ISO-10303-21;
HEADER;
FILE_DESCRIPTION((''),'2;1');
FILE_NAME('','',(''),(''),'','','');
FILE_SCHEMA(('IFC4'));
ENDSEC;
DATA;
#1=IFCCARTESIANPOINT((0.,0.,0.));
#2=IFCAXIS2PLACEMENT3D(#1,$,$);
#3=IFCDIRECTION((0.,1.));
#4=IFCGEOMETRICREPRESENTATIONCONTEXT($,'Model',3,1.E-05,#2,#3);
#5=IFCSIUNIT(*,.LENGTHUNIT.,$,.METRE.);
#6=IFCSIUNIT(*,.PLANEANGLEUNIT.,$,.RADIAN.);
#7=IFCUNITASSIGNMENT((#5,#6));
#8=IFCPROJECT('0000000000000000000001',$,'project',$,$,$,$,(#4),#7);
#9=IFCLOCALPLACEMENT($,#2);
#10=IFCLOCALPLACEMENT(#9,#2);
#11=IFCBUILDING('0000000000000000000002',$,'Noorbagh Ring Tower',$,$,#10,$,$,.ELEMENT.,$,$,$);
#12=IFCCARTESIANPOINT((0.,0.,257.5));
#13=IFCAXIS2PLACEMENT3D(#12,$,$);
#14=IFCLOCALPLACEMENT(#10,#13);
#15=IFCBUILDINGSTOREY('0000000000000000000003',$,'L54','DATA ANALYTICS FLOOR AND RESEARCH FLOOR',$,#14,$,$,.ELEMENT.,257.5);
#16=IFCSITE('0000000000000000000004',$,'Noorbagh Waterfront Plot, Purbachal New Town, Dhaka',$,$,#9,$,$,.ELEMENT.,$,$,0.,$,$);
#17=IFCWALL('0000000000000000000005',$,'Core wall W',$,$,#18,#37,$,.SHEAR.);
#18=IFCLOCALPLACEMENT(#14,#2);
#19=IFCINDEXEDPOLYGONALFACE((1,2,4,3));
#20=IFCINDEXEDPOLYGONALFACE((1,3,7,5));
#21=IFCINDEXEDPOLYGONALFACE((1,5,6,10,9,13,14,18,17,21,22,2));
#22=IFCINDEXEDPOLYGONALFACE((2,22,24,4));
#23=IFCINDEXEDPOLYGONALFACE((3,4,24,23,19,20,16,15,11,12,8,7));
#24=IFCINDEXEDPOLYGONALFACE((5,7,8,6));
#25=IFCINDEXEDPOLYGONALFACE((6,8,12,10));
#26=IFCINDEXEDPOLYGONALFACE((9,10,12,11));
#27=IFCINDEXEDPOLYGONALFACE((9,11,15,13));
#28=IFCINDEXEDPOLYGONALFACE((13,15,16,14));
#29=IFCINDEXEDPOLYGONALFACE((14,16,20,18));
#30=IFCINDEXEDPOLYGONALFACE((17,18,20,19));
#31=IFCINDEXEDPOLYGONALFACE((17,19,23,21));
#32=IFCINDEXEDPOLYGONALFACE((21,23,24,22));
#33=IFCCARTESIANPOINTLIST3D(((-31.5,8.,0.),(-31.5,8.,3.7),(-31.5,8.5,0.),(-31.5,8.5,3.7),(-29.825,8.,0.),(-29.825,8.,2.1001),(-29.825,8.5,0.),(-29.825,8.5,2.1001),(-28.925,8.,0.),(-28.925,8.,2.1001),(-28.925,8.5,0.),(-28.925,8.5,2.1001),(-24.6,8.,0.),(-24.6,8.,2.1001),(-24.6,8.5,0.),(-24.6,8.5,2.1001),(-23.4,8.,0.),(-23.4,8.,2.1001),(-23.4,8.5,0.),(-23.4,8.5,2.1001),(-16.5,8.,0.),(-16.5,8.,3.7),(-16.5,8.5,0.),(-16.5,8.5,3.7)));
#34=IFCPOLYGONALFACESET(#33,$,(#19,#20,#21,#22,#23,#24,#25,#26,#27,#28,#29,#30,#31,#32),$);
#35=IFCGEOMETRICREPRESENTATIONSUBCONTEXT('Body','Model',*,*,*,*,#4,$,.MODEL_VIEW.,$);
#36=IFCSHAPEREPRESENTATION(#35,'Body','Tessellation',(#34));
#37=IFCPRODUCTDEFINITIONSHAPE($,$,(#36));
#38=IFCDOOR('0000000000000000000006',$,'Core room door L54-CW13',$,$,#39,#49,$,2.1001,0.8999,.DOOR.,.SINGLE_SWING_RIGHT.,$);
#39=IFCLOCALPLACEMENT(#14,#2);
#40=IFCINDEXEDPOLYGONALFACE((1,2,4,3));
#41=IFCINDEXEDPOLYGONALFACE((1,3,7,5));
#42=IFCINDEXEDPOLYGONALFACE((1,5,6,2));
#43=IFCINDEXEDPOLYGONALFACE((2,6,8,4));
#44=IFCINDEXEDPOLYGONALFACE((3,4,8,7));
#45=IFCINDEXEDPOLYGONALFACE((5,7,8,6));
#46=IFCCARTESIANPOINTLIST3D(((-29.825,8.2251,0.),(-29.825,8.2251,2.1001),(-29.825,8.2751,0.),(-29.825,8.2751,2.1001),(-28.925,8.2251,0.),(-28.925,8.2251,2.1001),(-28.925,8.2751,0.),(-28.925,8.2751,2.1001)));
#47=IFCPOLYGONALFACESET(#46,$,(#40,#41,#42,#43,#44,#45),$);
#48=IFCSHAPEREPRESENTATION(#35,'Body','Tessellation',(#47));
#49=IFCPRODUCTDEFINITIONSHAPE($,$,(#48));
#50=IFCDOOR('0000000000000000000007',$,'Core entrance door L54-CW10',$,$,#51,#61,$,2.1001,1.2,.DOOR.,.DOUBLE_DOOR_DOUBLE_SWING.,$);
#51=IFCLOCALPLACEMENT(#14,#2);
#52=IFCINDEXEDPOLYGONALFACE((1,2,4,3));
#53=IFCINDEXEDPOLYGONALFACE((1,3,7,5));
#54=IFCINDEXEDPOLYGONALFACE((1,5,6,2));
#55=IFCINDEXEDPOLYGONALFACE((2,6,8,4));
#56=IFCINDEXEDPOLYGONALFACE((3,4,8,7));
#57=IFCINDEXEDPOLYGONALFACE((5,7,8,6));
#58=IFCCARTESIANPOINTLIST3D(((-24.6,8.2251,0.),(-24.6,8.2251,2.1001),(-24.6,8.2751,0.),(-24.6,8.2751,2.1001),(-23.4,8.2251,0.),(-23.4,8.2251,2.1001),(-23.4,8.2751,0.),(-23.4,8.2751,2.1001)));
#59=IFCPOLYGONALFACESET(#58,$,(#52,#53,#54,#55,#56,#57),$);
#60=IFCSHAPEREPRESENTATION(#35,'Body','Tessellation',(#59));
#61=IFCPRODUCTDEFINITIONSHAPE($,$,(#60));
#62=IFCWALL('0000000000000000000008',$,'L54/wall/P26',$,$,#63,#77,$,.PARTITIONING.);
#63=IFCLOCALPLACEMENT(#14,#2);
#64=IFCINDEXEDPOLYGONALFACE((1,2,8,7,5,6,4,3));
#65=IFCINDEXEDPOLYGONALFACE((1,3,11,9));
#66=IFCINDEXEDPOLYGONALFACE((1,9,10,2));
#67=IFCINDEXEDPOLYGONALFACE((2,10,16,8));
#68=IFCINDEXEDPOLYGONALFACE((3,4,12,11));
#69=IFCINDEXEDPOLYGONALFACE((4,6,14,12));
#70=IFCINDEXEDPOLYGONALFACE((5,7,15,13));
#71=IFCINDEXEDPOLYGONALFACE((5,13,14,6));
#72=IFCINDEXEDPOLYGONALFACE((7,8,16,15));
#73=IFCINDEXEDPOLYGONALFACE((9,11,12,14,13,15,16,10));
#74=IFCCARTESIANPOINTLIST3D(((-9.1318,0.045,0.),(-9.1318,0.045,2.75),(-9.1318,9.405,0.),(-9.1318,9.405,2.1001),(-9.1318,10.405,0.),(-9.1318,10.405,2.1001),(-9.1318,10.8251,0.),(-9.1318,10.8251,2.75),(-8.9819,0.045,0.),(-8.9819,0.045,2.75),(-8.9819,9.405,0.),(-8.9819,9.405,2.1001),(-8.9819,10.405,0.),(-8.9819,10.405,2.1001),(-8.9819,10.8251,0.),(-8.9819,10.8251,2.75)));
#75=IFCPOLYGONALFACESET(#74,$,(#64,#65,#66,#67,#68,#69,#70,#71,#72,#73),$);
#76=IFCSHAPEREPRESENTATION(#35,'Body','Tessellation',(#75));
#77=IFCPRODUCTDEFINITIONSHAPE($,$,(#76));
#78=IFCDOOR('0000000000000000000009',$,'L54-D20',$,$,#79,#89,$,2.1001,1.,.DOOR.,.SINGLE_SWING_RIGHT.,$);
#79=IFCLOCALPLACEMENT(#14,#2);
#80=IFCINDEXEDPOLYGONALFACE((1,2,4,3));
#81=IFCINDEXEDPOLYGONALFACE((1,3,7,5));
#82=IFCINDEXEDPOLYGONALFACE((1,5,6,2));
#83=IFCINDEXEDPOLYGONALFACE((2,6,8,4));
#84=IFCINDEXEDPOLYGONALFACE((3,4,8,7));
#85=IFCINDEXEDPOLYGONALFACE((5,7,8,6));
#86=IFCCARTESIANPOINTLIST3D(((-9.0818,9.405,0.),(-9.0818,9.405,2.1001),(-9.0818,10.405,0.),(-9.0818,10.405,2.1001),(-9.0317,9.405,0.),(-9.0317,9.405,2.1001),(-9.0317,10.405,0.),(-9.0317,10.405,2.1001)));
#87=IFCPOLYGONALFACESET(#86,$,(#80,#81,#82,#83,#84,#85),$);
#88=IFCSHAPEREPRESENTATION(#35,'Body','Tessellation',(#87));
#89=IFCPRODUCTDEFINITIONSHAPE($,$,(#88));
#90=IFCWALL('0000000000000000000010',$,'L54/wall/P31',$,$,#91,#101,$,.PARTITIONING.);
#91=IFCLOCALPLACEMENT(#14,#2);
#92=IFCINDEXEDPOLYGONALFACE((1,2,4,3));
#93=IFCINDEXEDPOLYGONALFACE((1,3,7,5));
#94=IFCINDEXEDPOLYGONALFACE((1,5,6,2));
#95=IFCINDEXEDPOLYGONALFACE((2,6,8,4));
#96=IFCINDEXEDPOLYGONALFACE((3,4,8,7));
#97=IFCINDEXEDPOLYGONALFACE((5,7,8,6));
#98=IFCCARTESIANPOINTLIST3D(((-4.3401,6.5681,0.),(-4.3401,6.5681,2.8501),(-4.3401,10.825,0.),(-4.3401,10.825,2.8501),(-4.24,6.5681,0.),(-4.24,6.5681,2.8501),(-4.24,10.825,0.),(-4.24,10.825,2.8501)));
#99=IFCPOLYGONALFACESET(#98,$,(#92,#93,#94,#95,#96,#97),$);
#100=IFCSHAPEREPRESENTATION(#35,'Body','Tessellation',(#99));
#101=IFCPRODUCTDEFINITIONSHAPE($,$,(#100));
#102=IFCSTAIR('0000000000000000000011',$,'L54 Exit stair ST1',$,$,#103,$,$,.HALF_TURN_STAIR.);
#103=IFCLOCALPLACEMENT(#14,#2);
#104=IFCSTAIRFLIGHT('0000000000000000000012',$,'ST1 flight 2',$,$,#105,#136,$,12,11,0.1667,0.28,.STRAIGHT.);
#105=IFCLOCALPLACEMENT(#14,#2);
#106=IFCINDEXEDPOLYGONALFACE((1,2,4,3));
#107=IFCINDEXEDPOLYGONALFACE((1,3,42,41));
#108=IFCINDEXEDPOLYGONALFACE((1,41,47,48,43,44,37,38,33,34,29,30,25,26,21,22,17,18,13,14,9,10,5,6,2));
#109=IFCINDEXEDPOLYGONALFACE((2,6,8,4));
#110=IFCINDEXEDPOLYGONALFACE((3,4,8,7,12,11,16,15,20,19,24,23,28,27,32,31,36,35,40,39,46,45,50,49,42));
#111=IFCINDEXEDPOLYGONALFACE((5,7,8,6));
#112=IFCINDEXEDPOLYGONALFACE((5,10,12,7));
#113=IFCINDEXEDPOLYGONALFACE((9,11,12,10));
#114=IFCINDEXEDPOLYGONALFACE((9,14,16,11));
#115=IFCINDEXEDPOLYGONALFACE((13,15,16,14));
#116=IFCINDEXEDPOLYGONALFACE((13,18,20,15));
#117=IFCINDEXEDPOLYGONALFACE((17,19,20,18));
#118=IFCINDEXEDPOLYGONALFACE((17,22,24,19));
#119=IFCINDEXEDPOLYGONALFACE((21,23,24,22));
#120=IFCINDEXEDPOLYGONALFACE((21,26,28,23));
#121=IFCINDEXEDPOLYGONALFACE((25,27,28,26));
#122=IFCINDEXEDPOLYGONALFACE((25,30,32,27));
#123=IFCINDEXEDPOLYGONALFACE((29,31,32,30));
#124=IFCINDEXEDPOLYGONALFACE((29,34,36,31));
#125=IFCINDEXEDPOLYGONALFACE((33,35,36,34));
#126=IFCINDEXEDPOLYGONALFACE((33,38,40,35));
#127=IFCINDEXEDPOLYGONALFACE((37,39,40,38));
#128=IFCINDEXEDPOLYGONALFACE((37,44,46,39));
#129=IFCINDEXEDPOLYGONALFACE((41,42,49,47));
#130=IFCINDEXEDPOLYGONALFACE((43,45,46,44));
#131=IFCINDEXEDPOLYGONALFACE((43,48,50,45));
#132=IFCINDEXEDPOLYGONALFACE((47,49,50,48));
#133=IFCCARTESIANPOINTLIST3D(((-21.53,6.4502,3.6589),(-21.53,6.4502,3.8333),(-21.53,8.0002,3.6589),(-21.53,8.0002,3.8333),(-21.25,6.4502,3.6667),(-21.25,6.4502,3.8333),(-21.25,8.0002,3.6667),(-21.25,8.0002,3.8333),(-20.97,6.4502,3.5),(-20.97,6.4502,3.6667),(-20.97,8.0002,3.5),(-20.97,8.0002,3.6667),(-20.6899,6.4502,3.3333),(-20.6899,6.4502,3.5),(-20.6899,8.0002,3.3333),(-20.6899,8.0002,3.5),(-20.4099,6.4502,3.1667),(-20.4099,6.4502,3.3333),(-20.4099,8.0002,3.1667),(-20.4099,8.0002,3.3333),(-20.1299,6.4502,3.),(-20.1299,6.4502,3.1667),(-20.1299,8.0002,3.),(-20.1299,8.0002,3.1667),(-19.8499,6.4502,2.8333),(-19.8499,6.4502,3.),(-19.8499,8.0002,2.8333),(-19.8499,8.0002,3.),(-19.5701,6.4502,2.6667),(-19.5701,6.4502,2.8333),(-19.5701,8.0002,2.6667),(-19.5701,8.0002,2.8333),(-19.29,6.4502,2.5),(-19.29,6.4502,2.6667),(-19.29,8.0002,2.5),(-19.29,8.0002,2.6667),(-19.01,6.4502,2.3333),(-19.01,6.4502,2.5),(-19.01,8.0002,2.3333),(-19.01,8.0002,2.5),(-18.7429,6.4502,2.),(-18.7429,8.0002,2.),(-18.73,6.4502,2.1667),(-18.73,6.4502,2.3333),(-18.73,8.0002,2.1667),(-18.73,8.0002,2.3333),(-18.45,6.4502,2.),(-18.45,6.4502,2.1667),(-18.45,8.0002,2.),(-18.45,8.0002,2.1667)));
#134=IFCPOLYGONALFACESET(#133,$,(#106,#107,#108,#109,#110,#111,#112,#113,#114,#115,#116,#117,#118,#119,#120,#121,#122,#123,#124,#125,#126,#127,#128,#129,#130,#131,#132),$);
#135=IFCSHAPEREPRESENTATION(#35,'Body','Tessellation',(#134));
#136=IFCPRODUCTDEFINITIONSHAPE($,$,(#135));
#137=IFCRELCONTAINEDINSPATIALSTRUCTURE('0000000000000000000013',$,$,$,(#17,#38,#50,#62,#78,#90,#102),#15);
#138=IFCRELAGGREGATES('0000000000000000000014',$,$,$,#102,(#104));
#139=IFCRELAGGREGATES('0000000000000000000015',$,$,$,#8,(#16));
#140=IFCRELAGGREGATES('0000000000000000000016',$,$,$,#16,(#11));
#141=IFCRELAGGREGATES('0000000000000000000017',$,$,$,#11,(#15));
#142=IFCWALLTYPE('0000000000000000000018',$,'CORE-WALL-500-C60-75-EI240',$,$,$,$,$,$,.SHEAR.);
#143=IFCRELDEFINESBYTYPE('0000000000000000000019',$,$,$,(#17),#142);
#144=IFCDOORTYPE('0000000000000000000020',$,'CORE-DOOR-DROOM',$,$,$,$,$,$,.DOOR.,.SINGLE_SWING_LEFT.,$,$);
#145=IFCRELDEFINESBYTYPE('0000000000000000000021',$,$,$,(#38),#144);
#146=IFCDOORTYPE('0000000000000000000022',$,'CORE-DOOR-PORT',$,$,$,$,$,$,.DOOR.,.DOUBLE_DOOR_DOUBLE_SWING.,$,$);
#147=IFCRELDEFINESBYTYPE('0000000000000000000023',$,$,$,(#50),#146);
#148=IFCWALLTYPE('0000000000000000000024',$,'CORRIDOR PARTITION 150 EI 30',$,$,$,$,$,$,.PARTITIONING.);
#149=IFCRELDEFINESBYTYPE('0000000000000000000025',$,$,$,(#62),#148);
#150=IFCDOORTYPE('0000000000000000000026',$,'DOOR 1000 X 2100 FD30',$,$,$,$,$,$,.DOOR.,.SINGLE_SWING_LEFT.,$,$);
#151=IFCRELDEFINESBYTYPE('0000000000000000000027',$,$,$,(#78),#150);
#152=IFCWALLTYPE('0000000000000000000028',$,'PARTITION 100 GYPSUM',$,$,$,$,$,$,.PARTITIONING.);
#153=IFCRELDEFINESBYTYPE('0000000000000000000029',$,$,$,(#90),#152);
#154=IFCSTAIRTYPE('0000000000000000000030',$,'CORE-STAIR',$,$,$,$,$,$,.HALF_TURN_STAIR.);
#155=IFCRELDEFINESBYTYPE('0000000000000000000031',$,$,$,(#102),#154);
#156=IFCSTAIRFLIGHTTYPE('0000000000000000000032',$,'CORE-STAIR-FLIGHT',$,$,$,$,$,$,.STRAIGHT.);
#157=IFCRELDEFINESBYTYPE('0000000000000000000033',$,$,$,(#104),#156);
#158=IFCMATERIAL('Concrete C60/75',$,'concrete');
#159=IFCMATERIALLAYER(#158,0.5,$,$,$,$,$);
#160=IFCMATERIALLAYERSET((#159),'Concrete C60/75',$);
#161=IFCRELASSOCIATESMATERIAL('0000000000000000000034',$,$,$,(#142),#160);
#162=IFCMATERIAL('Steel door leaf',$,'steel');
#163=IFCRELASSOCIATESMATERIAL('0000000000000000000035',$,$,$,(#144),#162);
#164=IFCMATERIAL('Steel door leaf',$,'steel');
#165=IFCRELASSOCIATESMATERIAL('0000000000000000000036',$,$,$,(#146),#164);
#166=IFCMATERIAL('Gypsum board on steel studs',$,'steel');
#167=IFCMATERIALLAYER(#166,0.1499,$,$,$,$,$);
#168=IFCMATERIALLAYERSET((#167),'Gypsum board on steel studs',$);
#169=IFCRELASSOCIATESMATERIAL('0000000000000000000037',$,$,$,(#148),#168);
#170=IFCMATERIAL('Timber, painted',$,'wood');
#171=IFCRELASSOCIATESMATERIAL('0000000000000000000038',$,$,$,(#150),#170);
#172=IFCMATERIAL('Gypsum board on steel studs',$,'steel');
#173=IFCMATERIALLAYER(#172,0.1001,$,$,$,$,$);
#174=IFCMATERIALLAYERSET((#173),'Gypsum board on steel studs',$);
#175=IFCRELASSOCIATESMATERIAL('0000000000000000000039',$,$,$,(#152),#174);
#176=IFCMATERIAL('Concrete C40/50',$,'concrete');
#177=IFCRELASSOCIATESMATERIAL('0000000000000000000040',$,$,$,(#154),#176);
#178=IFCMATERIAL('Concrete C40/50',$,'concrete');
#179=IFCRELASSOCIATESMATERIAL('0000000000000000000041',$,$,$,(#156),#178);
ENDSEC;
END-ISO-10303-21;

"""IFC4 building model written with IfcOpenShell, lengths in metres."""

from ifc_helpers import new_model, si_unit, direction, frame, frame_2d, origin, place, context, subcontext, project, spatial, polyline, rectangle, outline, extrude, material, layer, layer_set, type_object, element, fill, aggregate, save


model = new_model("IFC4")

# Units and contexts
model_context = context("Model", 3, precision=1e-05, world=origin(), true_north=direction((0.0, 1.0)))
body_context = subcontext(model_context, "Body", "Model", "MODEL_VIEW")
ifc_project = project(units=[si_unit("LENGTHUNIT", "METRE"), si_unit("PLANEANGLEUNIT", "RADIAN")], contexts=[model_context])

# Site, building, storey
site_placement = place(None, origin())
site = spatial("IfcSite", under=ifc_project, at=site_placement, Name="Noorbagh Waterfront Plot, Purbachal New Town, Dhaka", CompositionType="ELEMENT", RefElevation=0.0)
building_placement = place(site_placement, origin())
building = spatial("IfcBuilding", under=site, at=building_placement, Name="Noorbagh Ring Tower", CompositionType="ELEMENT")
storey_placement = place(building_placement, frame((0.0, 0.0, 257.5)))
storey = spatial("IfcBuildingStorey", under=building, at=storey_placement, Name="L54", Description="DATA ANALYTICS FLOOR AND RESEARCH FLOOR", CompositionType="ELEMENT", Elevation=257.5)

# Wall, openings, doors
ifc_material_1 = material(Name="Concrete C60/75", Category="concrete")
ifc_layer_1 = layer(ifc_material_1, 0.5)
ifc_layer_set_1 = layer_set([ifc_layer_1], Name="Concrete C60/75")
wall_type_1 = type_object("IfcWallType", Name="CORE-WALL-500-C60-75-EI240", PredefinedType="SHEAR", material=ifc_layer_set_1)
wall_1_placement = place(storey_placement, frame((-16.5, 8.25, 0.0), z_axis=(0.0, 0.0, 1.0), x_axis=(-1.0, 0.0, 0.0)))
wall_1 = element("IfcWall", 1, at=wall_1_placement, inside=storey, type_object=wall_type_1, Name="Core wall W", PredefinedType="SHEAR", context=body_context, shape_type="SweptSolid", body=[
    extrude(rectangle(XDim=15.0, YDim=0.5, at=frame_2d((7.5, 0.0))), origin(), (0.0, 0.0, 1.0), 3.7),
])
opening_1_placement = place(wall_1_placement, frame((6.8999, 0.0, 0.0)))
opening_1 = element("IfcOpeningElement", 2, at=opening_1_placement, cuts=wall_1, PredefinedType="OPENING", context=body_context, shape_type="SweptSolid", body=[
    extrude(rectangle(XDim=1.2, YDim=2.1001, at=frame_2d((0.6001, 1.05))), frame((0.0, 0.26, 0.0), z_axis=(0.0, -1.0, 0.0), x_axis=(1.0, 0.0, 0.0)), (0.0, 0.0, 1.0), 0.52),
])
opening_2_placement = place(wall_1_placement, frame((12.425, 0.0, 0.0)))
opening_2 = element("IfcOpeningElement", 3, at=opening_2_placement, cuts=wall_1, PredefinedType="OPENING", context=body_context, shape_type="SweptSolid", body=[
    extrude(rectangle(XDim=0.8999, YDim=2.1001, at=frame_2d((0.45, 1.05))), frame((0.0, 0.26, 0.0), z_axis=(0.0, -1.0, 0.0), x_axis=(1.0, 0.0, 0.0)), (0.0, 0.0, 1.0), 0.52),
])
ifc_material_2 = material(Name="Steel door leaf", Category="steel")
door_type_1 = type_object("IfcDoorType", Name="CORE-DOOR-DROOM", OperationType="SINGLE_SWING_LEFT", PredefinedType="DOOR", material=ifc_material_2)
door_1_placement = place(opening_2_placement, origin())
door_1 = element("IfcDoor", 4, at=door_1_placement, inside=storey, type_object=door_type_1, Name="Core room door L54-CW13", OperationType="SINGLE_SWING_RIGHT", OverallHeight=2.1001, OverallWidth=0.8999, PredefinedType="DOOR", context=body_context, shape_type="SweptSolid", body=[
    extrude(rectangle(XDim=0.8999, YDim=2.1001, at=frame_2d((0.45, 1.05))), frame((0.0, 0.0249, 0.0), z_axis=(0.0, -1.0, 0.0), x_axis=(1.0, 0.0, 0.0)), (0.0, 0.0, 1.0), 0.05),
])
fill(opening_2, door_1)
ifc_material_3 = material(Name="Steel door leaf", Category="steel")
door_type_2 = type_object("IfcDoorType", Name="CORE-DOOR-PORT", OperationType="DOUBLE_DOOR_DOUBLE_SWING", PredefinedType="DOOR", material=ifc_material_3)
door_2_placement = place(opening_1_placement, origin())
door_2 = element("IfcDoor", 5, at=door_2_placement, inside=storey, type_object=door_type_2, Name="Core entrance door L54-CW10", OperationType="DOUBLE_DOOR_DOUBLE_SWING", OverallHeight=2.1001, OverallWidth=1.2, PredefinedType="DOOR", context=body_context, shape_type="SweptSolid", body=[
    extrude(rectangle(XDim=1.2, YDim=2.1001, at=frame_2d((0.6001, 1.05))), frame((0.0, 0.0249, 0.0), z_axis=(0.0, -1.0, 0.0), x_axis=(1.0, 0.0, 0.0)), (0.0, 0.0, 1.0), 0.05),
])
fill(opening_1, door_2)

# Wall, opening, door
ifc_material_4 = material(Name="Gypsum board on steel studs", Category="steel")
ifc_layer_2 = layer(ifc_material_4, 0.1499)
ifc_layer_set_2 = layer_set([ifc_layer_2], Name="Gypsum board on steel studs")
wall_type_2 = type_object("IfcWallType", Name="CORRIDOR PARTITION 150 EI 30", PredefinedType="PARTITIONING", material=ifc_layer_set_2)
wall_2_placement = place(storey_placement, frame((-9.0569, 0.0449, 0.0), z_axis=(0.0, 0.0, 1.0), x_axis=(0.0, 1.0, 0.0)))
wall_2 = element("IfcWall", 6, at=wall_2_placement, inside=storey, type_object=wall_type_2, Name="L54/wall/P26", PredefinedType="PARTITIONING", context=body_context, shape_type="SweptSolid", body=[
    extrude(rectangle(XDim=10.78, YDim=0.1499, at=frame_2d((5.3901, 0.0))), origin(), (0.0, 0.0, 1.0), 2.75),
])
opening_3_placement = place(wall_2_placement, frame((9.3601, 0.0, 0.0)))
opening_3 = element("IfcOpeningElement", 7, at=opening_3_placement, cuts=wall_2, PredefinedType="OPENING", context=body_context, shape_type="SweptSolid", body=[
    extrude(rectangle(XDim=1.0, YDim=2.1001, at=frame_2d((0.5, 1.05))), frame((0.0, 0.085, 0.0), z_axis=(0.0, -1.0, 0.0), x_axis=(1.0, 0.0, 0.0)), (0.0, 0.0, 1.0), 0.1699),
])
ifc_material_5 = material(Name="Timber, painted", Category="wood")
door_type_3 = type_object("IfcDoorType", Name="DOOR 1000 X 2100 FD30", OperationType="SINGLE_SWING_LEFT", PredefinedType="DOOR", material=ifc_material_5)
door_3_placement = place(opening_3_placement, origin())
door_3 = element("IfcDoor", 8, at=door_3_placement, inside=storey, type_object=door_type_3, Name="L54-D20", OperationType="SINGLE_SWING_RIGHT", OverallHeight=2.1001, OverallWidth=1.0, PredefinedType="DOOR", context=body_context, shape_type="SweptSolid", body=[
    extrude(rectangle(XDim=1.0, YDim=2.1001, at=frame_2d((0.5, 1.05))), frame((0.0, 0.0249, 0.0), z_axis=(0.0, -1.0, 0.0), x_axis=(1.0, 0.0, 0.0)), (0.0, 0.0, 1.0), 0.05),
])
fill(opening_3, door_3)

# Wall
ifc_material_6 = material(Name="Gypsum board on steel studs", Category="steel")
ifc_layer_3 = layer(ifc_material_6, 0.1001)
ifc_layer_set_3 = layer_set([ifc_layer_3], Name="Gypsum board on steel studs")
wall_type_3 = type_object("IfcWallType", Name="PARTITION 100 GYPSUM", PredefinedType="PARTITIONING", material=ifc_layer_set_3)
wall_3_placement = place(storey_placement, frame((-4.29, 6.5681, 0.0), z_axis=(0.0, 0.0, 1.0), x_axis=(0.0, 1.0, 0.0)))
element("IfcWall", 9, at=wall_3_placement, inside=storey, type_object=wall_type_3, Name="L54/wall/P31", PredefinedType="PARTITIONING", context=body_context, shape_type="SweptSolid", body=[
    extrude(rectangle(XDim=4.2568, YDim=0.1001, at=frame_2d((2.1284, 0.0))), origin(), (0.0, 0.0, 1.0), 2.8501),
])

# Stair, stair flight
ifc_material_7 = material(Name="Concrete C40/50", Category="concrete")
stair_type = type_object("IfcStairType", Name="CORE-STAIR", PredefinedType="HALF_TURN_STAIR", material=ifc_material_7)
stair_placement = place(storey_placement, origin())
stair = element("IfcStair", 10, at=stair_placement, inside=storey, type_object=stair_type, Name="L54 Exit stair ST1", PredefinedType="HALF_TURN_STAIR")
ifc_material_8 = material(Name="Concrete C40/50", Category="concrete")
stair_flight_type = type_object("IfcStairFlightType", Name="CORE-STAIR-FLIGHT", PredefinedType="STRAIGHT", material=ifc_material_8)
stair_flight_placement = place(storey_placement, frame((-18.45, 7.2251, 2.0), z_axis=(0.0, 0.0, 1.0), x_axis=(-1.0, 0.0, 0.0)))
stair_flight = element("IfcStairFlight", 11, at=stair_flight_placement, type_object=stair_flight_type, Name="ST1 flight 2", NumberOfRisers=12, NumberOfTreads=11, PredefinedType="STRAIGHT", RiserHeight=0.1667, TreadLength=0.28, context=body_context, shape_type="SweptSolid", body=[
    extrude(outline(polyline([(0.0, 0.0), (0.0, 0.1667), (0.28, 0.1667), (0.28, 0.3333), (0.5601, 0.3333), (0.5601, 0.5), (0.8401, 0.5), (0.8401, 0.6667), (1.1201, 0.6667), (1.1201, 0.8333), (1.3999, 0.8333), (1.3999, 1.0), (1.6799, 1.0), (1.6799, 1.1667), (1.96, 1.1667), (1.96, 1.3333), (2.24, 1.3333), (2.24, 1.5), (2.52, 1.5), (2.52, 1.6667), (2.8, 1.6667), (2.8, 1.8333), (3.0801, 1.8333), (3.0801, 2.0), (3.0801, 1.6589), (0.293, 0.0), (0.0, 0.0)])), frame((0.0, 0.7749, 0.0), z_axis=(0.0, -1.0, 0.0), x_axis=(1.0, 0.0, 0.0)), (0.0, 0.0, 1.0), 1.55),
])
aggregate(stair, [stair_flight])

save(model, "model.ifc")
